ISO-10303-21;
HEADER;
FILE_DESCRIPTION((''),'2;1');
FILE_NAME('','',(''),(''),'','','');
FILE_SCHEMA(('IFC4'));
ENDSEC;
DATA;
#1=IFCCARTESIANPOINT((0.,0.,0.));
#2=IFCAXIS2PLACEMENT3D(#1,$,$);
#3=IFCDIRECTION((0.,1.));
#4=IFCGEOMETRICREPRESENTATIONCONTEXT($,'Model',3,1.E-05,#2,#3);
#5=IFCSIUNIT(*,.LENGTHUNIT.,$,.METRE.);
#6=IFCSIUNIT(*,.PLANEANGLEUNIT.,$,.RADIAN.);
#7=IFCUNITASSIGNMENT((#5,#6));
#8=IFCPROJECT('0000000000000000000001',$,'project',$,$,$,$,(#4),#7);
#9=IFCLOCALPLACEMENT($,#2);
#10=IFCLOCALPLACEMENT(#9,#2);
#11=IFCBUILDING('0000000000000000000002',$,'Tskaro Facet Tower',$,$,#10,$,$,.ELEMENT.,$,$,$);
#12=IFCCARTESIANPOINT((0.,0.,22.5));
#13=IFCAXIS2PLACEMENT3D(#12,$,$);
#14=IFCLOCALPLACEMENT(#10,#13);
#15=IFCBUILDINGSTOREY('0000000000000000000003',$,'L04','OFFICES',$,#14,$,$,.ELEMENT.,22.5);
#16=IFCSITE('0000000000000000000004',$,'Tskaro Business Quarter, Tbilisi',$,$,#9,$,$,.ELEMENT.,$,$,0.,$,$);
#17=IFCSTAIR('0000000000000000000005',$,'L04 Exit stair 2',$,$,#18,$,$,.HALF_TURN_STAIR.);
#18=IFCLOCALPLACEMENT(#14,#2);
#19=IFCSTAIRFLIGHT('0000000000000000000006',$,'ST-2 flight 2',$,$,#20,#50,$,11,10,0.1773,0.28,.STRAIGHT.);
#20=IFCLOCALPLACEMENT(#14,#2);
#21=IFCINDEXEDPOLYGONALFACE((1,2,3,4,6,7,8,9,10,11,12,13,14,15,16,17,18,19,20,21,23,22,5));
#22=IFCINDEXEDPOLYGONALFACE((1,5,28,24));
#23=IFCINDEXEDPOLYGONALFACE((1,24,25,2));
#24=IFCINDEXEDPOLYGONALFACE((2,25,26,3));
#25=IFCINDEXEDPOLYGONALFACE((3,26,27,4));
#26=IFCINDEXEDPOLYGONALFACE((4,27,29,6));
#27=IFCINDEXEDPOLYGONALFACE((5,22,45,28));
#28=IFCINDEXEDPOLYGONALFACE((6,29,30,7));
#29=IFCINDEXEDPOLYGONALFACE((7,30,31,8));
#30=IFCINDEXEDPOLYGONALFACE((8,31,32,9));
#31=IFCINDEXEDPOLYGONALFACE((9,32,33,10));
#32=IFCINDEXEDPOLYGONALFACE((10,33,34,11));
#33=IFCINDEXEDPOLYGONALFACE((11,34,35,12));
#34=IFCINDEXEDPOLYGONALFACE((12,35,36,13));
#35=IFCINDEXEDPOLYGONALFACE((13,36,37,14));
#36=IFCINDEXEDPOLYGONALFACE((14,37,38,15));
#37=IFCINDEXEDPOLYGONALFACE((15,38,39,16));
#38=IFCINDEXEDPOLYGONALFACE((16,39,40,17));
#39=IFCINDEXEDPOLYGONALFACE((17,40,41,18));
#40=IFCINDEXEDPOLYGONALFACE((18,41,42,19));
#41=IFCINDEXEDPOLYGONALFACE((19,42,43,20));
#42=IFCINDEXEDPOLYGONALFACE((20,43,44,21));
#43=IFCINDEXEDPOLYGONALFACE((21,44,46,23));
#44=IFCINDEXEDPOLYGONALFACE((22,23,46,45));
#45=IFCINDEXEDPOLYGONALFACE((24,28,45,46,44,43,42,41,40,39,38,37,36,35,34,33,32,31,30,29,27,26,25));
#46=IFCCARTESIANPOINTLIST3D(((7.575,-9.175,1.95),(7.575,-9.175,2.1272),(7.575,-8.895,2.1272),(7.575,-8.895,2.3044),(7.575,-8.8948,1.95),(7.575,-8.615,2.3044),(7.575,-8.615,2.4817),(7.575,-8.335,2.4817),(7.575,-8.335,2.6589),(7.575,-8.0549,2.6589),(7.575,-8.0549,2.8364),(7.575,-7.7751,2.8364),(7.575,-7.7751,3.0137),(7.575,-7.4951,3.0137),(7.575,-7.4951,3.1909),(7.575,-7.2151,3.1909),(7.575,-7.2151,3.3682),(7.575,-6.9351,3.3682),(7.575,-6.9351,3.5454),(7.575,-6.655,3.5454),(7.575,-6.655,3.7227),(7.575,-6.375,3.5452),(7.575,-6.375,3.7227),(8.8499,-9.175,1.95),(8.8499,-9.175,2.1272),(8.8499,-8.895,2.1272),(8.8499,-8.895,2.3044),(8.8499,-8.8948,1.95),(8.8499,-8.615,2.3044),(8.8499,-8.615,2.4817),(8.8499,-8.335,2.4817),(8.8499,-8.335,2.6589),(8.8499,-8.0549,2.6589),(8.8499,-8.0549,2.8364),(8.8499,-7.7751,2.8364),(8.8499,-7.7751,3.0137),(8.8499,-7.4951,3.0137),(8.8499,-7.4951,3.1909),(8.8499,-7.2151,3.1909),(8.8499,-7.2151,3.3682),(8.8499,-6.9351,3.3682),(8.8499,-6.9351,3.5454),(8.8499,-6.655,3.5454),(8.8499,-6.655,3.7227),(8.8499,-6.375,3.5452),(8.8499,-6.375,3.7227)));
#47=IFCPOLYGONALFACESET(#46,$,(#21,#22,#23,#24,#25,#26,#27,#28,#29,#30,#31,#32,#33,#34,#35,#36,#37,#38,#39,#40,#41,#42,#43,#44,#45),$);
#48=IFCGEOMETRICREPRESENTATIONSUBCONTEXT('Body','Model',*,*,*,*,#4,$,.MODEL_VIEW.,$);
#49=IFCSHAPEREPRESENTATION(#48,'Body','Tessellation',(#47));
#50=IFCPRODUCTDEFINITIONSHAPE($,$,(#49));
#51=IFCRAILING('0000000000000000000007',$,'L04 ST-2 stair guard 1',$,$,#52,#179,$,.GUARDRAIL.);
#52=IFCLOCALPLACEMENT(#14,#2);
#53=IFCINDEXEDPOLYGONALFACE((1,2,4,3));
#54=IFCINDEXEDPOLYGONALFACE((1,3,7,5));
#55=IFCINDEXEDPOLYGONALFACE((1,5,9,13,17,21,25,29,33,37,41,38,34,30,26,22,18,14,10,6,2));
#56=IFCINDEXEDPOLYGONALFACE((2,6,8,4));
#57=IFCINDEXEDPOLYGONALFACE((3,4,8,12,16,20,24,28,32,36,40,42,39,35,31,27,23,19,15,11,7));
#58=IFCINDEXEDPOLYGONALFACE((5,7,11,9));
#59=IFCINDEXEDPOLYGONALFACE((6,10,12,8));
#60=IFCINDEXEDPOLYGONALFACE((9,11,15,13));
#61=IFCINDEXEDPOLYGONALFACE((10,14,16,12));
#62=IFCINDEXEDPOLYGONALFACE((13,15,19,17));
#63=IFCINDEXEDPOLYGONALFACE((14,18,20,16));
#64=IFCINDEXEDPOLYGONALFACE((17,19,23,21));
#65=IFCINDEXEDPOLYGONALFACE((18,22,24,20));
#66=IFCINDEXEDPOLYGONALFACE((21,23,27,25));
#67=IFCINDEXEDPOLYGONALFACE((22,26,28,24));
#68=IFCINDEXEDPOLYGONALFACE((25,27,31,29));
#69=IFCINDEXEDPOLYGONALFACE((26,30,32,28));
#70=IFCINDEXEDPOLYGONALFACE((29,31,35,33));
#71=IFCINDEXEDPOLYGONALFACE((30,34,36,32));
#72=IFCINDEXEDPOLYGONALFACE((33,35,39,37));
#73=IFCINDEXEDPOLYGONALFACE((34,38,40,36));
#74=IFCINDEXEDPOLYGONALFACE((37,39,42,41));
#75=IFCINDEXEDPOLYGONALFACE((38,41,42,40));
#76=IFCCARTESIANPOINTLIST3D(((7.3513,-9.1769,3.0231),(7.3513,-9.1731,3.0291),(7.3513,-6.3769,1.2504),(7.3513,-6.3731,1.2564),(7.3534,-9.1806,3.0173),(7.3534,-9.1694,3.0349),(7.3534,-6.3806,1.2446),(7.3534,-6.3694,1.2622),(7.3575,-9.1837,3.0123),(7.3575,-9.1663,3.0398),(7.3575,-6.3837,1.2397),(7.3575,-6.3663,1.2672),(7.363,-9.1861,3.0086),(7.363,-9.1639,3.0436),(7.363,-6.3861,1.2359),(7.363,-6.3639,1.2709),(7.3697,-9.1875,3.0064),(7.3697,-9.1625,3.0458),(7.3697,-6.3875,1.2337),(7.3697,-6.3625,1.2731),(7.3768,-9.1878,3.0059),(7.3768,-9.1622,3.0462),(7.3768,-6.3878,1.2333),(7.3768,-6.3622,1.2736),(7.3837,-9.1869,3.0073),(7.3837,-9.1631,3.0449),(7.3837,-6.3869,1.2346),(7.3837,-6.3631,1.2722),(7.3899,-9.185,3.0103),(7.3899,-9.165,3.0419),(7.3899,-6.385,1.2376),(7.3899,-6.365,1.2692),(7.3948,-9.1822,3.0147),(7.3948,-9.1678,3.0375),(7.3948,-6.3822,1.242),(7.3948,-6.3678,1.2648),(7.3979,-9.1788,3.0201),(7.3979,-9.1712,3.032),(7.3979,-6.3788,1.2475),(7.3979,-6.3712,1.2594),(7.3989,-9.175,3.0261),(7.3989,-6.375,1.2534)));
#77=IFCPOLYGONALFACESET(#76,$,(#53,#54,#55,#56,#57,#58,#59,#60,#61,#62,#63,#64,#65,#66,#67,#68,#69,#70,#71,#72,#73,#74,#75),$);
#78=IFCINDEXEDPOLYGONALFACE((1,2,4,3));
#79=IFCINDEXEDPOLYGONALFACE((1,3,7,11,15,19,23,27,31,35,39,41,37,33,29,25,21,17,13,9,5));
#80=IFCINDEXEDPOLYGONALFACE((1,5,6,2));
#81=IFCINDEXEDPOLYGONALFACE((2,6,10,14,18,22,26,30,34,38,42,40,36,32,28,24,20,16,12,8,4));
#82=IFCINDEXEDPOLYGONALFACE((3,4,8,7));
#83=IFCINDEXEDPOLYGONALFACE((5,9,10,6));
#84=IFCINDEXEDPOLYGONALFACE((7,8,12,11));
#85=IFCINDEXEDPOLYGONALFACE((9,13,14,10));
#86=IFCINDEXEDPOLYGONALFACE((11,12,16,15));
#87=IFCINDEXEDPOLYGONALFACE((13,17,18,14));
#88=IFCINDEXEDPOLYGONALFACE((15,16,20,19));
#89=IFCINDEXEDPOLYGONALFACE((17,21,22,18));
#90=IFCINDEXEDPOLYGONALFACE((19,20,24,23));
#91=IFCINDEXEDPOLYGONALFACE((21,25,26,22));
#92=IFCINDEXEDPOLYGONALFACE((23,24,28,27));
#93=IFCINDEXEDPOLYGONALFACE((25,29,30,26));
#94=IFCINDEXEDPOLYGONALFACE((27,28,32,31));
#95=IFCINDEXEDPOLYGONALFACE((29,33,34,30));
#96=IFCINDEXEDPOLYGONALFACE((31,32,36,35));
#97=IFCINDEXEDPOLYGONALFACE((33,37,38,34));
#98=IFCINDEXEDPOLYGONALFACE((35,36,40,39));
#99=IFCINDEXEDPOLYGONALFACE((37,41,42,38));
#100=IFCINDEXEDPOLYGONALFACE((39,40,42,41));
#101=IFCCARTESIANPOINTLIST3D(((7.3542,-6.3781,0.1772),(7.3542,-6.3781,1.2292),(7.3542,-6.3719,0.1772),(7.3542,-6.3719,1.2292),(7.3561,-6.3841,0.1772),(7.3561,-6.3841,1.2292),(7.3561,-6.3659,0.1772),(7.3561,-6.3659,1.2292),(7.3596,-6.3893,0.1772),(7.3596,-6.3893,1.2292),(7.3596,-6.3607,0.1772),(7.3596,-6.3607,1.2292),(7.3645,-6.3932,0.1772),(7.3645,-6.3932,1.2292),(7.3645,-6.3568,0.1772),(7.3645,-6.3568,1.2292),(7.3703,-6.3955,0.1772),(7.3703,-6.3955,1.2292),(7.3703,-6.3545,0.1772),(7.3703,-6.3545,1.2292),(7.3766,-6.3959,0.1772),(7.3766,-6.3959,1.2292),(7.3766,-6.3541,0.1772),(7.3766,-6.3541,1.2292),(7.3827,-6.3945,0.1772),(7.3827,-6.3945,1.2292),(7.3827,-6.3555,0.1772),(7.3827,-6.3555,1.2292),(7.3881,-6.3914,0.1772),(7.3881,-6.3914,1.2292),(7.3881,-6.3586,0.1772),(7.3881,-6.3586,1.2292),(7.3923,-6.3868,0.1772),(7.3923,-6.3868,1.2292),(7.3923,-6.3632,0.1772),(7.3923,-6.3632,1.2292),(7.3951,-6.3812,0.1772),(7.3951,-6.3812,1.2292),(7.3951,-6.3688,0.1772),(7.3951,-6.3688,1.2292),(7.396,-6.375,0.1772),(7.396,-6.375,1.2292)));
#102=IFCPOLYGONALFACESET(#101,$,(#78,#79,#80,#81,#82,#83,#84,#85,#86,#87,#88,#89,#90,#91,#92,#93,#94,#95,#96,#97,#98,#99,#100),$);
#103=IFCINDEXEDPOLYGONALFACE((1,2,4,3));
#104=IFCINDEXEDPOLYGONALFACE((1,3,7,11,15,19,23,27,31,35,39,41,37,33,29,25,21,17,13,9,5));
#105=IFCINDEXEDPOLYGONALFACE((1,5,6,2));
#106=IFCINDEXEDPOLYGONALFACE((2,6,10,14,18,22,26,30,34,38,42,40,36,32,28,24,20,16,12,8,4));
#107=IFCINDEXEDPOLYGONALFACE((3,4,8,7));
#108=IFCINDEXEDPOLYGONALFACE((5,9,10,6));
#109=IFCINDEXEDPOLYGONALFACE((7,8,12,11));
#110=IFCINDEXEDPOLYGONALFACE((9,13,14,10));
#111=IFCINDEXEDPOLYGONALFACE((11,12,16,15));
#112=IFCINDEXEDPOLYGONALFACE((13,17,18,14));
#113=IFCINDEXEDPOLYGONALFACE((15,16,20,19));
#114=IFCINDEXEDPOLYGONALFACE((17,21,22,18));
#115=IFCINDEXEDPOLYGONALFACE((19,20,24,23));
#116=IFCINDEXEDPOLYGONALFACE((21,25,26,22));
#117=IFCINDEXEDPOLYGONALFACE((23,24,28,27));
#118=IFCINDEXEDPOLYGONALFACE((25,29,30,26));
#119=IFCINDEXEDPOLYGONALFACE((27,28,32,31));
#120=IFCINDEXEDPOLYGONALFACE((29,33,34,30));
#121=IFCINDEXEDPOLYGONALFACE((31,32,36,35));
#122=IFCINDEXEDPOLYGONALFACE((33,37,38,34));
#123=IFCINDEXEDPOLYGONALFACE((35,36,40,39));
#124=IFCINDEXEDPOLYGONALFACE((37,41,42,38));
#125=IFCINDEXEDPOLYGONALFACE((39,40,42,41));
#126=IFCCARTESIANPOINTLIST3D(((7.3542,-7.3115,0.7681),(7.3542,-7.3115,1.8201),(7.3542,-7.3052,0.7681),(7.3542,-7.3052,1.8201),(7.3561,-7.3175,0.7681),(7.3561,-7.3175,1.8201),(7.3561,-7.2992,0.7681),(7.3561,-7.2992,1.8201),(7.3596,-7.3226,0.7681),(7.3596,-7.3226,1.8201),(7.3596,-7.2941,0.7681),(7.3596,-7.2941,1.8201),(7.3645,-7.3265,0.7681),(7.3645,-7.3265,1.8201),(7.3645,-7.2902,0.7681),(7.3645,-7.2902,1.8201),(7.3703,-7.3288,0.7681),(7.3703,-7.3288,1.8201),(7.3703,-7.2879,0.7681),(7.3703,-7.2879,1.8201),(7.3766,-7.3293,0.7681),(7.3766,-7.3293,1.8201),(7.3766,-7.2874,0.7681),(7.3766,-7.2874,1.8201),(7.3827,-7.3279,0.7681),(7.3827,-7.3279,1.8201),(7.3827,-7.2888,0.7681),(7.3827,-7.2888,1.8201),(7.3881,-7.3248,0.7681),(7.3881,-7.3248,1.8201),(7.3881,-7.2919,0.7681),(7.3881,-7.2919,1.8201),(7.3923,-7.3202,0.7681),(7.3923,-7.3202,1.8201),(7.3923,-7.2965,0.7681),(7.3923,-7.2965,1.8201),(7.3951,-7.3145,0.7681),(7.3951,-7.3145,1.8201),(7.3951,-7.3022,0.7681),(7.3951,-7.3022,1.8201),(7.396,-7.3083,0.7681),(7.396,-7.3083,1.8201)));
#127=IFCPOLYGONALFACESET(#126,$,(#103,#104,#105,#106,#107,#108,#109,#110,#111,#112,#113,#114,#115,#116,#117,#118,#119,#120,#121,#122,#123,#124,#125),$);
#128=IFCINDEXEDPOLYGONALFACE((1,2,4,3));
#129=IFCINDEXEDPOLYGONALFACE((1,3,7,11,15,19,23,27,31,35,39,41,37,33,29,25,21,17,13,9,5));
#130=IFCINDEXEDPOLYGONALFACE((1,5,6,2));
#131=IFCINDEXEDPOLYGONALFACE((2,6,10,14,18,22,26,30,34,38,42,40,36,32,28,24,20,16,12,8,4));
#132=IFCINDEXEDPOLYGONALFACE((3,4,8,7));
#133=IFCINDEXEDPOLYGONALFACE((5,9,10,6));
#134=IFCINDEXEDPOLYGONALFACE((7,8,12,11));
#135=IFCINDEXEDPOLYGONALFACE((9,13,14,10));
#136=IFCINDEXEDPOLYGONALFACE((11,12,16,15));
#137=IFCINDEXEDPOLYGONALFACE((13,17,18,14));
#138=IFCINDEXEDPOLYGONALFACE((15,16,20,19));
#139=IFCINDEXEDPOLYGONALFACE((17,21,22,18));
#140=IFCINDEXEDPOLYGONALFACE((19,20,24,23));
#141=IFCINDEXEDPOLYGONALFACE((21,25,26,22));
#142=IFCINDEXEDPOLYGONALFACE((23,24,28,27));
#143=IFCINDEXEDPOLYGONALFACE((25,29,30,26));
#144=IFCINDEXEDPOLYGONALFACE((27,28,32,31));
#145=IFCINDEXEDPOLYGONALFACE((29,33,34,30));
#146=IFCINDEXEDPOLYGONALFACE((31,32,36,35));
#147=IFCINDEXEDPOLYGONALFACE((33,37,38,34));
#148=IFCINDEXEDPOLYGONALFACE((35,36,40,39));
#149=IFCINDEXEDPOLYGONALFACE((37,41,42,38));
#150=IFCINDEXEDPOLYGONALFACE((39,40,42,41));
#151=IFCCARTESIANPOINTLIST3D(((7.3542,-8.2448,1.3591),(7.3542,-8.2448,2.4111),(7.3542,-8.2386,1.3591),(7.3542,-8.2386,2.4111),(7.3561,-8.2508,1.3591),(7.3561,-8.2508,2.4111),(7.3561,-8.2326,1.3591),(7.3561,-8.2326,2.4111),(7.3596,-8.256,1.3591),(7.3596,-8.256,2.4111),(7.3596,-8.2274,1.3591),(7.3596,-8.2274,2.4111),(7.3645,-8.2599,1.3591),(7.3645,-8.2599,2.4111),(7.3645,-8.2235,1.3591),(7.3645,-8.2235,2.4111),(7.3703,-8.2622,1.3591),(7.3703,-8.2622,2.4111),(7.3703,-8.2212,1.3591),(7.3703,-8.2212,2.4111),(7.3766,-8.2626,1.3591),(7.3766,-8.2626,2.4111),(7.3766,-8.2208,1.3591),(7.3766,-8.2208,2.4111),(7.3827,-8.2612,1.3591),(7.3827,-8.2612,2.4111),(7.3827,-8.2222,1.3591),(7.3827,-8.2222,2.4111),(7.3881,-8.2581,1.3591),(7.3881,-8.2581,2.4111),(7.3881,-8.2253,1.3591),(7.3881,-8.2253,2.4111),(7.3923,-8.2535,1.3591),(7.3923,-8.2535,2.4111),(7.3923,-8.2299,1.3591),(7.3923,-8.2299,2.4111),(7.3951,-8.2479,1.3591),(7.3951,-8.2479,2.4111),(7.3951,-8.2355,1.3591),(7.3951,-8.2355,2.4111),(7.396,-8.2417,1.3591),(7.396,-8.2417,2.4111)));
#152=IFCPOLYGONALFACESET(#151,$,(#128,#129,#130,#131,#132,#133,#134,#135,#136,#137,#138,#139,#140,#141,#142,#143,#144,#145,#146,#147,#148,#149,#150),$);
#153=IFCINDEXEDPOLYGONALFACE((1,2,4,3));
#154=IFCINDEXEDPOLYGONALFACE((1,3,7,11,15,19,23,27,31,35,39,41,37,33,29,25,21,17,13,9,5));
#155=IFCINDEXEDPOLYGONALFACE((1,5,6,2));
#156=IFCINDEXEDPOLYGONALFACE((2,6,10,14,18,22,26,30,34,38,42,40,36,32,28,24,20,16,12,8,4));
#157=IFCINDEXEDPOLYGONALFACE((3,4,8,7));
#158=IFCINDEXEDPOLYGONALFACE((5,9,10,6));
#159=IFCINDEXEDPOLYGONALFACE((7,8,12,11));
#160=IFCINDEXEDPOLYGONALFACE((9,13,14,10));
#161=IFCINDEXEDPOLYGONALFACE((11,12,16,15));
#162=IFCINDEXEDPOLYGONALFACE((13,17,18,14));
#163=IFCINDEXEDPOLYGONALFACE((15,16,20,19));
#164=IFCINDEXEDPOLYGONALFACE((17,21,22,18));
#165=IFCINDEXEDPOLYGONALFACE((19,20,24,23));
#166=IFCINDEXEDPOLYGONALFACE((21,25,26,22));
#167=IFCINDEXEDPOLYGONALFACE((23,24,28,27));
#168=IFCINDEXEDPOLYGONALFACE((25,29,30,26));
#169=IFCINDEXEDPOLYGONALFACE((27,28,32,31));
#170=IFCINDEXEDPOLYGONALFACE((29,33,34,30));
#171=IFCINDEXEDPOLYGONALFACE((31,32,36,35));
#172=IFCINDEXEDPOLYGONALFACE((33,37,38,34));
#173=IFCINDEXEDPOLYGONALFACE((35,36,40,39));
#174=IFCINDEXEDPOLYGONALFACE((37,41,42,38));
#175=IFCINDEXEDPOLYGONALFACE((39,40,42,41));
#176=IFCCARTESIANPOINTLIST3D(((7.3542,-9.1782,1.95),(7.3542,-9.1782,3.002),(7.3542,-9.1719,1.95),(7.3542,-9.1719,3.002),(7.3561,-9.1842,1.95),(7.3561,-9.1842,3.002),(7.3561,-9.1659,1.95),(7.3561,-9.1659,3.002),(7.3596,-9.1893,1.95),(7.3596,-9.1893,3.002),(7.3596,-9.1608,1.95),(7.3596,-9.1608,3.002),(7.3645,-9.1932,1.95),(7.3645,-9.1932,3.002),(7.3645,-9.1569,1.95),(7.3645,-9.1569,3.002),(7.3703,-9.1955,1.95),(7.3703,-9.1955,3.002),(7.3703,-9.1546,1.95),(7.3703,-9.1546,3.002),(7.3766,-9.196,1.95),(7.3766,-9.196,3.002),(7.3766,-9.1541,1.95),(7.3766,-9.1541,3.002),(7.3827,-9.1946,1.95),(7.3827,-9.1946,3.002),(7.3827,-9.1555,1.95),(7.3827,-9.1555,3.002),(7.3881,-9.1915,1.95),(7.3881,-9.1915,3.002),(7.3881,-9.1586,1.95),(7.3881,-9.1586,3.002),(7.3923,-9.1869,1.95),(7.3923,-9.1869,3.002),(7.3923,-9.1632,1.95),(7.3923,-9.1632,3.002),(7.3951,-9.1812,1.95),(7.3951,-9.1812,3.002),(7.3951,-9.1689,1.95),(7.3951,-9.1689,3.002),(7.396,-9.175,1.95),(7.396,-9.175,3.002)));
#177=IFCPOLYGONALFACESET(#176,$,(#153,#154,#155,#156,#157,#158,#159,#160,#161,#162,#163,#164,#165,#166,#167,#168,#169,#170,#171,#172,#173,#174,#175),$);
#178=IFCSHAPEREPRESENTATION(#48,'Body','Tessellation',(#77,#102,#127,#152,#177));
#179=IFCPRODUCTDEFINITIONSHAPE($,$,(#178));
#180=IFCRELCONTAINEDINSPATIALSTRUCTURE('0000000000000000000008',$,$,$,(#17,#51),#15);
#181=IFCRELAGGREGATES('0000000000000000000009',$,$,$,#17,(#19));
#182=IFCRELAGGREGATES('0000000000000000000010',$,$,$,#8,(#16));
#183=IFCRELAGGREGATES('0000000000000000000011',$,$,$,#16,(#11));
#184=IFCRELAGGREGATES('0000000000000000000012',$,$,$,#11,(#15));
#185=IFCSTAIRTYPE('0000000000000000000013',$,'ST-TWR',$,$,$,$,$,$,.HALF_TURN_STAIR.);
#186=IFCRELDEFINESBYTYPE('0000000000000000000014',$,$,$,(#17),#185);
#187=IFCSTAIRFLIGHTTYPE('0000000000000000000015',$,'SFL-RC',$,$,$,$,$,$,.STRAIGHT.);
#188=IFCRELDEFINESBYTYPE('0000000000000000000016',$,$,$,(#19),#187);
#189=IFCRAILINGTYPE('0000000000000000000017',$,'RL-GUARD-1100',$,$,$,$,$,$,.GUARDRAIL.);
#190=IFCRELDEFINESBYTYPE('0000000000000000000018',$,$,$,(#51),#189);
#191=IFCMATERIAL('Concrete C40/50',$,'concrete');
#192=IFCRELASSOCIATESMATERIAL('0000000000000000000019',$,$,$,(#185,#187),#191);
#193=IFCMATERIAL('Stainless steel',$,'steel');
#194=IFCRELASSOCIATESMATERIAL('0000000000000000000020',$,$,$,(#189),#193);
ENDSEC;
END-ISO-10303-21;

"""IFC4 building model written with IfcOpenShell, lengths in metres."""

from ifc_helpers import new_model, si_unit, direction, frame, origin, origin_2d, place, context, subcontext, project, spatial, polyline, circle, outline, extrude, material, type_object, element, aggregate, save


model = new_model("IFC4")

# Units and contexts
model_context = context("Model", 3, precision=1e-05, world=origin(), true_north=direction((0.0, 1.0)))
body_context = subcontext(model_context, "Body", "Model", "MODEL_VIEW")
ifc_project = project(units=[si_unit("LENGTHUNIT", "METRE"), si_unit("PLANEANGLEUNIT", "RADIAN")], contexts=[model_context])

# Site, building, storey
site_placement = place(None, origin())
site = spatial("IfcSite", under=ifc_project, at=site_placement, Name="Tskaro Business Quarter, Tbilisi", CompositionType="ELEMENT", RefElevation=0.0)
building_placement = place(site_placement, origin())
building = spatial("IfcBuilding", under=site, at=building_placement, Name="Tskaro Facet Tower", CompositionType="ELEMENT")
storey_placement = place(building_placement, frame((0.0, 0.0, 22.5)))
storey = spatial("IfcBuildingStorey", under=building, at=storey_placement, Name="L04", Description="OFFICES", CompositionType="ELEMENT", Elevation=22.5)

# Shared definitions
ifc_material_1 = material(Name="Concrete C40/50", Category="concrete")

# Stair, stair flight
stair_type = type_object("IfcStairType", Name="ST-TWR", PredefinedType="HALF_TURN_STAIR", material=ifc_material_1)
stair_placement = place(storey_placement, origin())
stair = element("IfcStair", 1, at=stair_placement, inside=storey, type_object=stair_type, Name="L04 Exit stair 2", PredefinedType="HALF_TURN_STAIR")
stair_flight_type = type_object("IfcStairFlightType", Name="SFL-RC", PredefinedType="STRAIGHT", material=ifc_material_1)
stair_flight_1_placement = place(storey_placement, frame((8.2124, -9.175, 1.95), z_axis=(0.0, 0.0, 1.0), x_axis=(0.0, 1.0, 0.0)))
stair_flight_1 = element("IfcStairFlight", 2, at=stair_flight_1_placement, type_object=stair_flight_type, Name="ST-2 flight 2", NumberOfRisers=11, NumberOfTreads=10, PredefinedType="STRAIGHT", RiserHeight=0.1773, TreadLength=0.28, context=body_context, shape_type="SweptSolid", body=[
    extrude(outline(polyline([(0.0, 0.0), (0.0, 0.1772), (0.28, 0.1772), (0.28, 0.3545), (0.5601, 0.3545), (0.5601, 0.5317), (0.8401, 0.5317), (0.8401, 0.709), (1.1201, 0.709), (1.1201, 0.8865), (1.3999, 0.8865), (1.3999, 1.0637), (1.6799, 1.0637), (1.6799, 1.241), (1.96, 1.241), (1.96, 1.4182), (2.24, 1.4182), (2.24, 1.5955), (2.52, 1.5955), (2.52, 1.7727), (2.8, 1.7727), (2.8, 1.95), (2.8, 1.5952), (0.2803, 0.0), (0.0, 0.0)])), frame((0.0, 0.6375, 0.0), z_axis=(0.0, -1.0, 0.0), x_axis=(1.0, 0.0, 0.0)), (0.0, 0.0, 1.0), 1.2749),
])
aggregate(stair, [stair_flight_1])

# Railing
ifc_material_2 = material(Name="Stainless steel", Category="steel")
railing_type_1 = type_object("IfcRailingType", Name="RL-GUARD-1100", PredefinedType="GUARDRAIL", material=ifc_material_2)
railing_1_placement = place(storey_placement, frame((7.375, -6.375, 0.1772)))
element("IfcRailing", 3, at=railing_1_placement, inside=storey, type_object=railing_type_1, Name="L04 ST-2 stair guard 1", PredefinedType="GUARDRAIL", context=body_context, shape_type="SweptSolid", body=[
    extrude(circle(Radius=0.0239, at=origin_2d()), frame((0.0, 0.0, 1.0762), z_axis=(0.0, -0.844909, 0.53491), x_axis=(1.0, 0.0, 0.0)), (0.0, 0.0, 1.0), 3.314),
    extrude(circle(Radius=0.021, at=origin_2d()), origin(), (0.0, 0.0, 1.0), 1.052),
    extrude(circle(Radius=0.021, at=origin_2d()), frame((0.0, -0.9333, 0.5908)), (0.0, 0.0, 1.0), 1.052),
    extrude(circle(Radius=0.021, at=origin_2d()), frame((0.0, -1.8667, 1.1819)), (0.0, 0.0, 1.0), 1.052),
    extrude(circle(Radius=0.021, at=origin_2d()), frame((0.0, -2.8, 1.7727)), (0.0, 0.0, 1.0), 1.052),
])

save(model, "model.ifc")
